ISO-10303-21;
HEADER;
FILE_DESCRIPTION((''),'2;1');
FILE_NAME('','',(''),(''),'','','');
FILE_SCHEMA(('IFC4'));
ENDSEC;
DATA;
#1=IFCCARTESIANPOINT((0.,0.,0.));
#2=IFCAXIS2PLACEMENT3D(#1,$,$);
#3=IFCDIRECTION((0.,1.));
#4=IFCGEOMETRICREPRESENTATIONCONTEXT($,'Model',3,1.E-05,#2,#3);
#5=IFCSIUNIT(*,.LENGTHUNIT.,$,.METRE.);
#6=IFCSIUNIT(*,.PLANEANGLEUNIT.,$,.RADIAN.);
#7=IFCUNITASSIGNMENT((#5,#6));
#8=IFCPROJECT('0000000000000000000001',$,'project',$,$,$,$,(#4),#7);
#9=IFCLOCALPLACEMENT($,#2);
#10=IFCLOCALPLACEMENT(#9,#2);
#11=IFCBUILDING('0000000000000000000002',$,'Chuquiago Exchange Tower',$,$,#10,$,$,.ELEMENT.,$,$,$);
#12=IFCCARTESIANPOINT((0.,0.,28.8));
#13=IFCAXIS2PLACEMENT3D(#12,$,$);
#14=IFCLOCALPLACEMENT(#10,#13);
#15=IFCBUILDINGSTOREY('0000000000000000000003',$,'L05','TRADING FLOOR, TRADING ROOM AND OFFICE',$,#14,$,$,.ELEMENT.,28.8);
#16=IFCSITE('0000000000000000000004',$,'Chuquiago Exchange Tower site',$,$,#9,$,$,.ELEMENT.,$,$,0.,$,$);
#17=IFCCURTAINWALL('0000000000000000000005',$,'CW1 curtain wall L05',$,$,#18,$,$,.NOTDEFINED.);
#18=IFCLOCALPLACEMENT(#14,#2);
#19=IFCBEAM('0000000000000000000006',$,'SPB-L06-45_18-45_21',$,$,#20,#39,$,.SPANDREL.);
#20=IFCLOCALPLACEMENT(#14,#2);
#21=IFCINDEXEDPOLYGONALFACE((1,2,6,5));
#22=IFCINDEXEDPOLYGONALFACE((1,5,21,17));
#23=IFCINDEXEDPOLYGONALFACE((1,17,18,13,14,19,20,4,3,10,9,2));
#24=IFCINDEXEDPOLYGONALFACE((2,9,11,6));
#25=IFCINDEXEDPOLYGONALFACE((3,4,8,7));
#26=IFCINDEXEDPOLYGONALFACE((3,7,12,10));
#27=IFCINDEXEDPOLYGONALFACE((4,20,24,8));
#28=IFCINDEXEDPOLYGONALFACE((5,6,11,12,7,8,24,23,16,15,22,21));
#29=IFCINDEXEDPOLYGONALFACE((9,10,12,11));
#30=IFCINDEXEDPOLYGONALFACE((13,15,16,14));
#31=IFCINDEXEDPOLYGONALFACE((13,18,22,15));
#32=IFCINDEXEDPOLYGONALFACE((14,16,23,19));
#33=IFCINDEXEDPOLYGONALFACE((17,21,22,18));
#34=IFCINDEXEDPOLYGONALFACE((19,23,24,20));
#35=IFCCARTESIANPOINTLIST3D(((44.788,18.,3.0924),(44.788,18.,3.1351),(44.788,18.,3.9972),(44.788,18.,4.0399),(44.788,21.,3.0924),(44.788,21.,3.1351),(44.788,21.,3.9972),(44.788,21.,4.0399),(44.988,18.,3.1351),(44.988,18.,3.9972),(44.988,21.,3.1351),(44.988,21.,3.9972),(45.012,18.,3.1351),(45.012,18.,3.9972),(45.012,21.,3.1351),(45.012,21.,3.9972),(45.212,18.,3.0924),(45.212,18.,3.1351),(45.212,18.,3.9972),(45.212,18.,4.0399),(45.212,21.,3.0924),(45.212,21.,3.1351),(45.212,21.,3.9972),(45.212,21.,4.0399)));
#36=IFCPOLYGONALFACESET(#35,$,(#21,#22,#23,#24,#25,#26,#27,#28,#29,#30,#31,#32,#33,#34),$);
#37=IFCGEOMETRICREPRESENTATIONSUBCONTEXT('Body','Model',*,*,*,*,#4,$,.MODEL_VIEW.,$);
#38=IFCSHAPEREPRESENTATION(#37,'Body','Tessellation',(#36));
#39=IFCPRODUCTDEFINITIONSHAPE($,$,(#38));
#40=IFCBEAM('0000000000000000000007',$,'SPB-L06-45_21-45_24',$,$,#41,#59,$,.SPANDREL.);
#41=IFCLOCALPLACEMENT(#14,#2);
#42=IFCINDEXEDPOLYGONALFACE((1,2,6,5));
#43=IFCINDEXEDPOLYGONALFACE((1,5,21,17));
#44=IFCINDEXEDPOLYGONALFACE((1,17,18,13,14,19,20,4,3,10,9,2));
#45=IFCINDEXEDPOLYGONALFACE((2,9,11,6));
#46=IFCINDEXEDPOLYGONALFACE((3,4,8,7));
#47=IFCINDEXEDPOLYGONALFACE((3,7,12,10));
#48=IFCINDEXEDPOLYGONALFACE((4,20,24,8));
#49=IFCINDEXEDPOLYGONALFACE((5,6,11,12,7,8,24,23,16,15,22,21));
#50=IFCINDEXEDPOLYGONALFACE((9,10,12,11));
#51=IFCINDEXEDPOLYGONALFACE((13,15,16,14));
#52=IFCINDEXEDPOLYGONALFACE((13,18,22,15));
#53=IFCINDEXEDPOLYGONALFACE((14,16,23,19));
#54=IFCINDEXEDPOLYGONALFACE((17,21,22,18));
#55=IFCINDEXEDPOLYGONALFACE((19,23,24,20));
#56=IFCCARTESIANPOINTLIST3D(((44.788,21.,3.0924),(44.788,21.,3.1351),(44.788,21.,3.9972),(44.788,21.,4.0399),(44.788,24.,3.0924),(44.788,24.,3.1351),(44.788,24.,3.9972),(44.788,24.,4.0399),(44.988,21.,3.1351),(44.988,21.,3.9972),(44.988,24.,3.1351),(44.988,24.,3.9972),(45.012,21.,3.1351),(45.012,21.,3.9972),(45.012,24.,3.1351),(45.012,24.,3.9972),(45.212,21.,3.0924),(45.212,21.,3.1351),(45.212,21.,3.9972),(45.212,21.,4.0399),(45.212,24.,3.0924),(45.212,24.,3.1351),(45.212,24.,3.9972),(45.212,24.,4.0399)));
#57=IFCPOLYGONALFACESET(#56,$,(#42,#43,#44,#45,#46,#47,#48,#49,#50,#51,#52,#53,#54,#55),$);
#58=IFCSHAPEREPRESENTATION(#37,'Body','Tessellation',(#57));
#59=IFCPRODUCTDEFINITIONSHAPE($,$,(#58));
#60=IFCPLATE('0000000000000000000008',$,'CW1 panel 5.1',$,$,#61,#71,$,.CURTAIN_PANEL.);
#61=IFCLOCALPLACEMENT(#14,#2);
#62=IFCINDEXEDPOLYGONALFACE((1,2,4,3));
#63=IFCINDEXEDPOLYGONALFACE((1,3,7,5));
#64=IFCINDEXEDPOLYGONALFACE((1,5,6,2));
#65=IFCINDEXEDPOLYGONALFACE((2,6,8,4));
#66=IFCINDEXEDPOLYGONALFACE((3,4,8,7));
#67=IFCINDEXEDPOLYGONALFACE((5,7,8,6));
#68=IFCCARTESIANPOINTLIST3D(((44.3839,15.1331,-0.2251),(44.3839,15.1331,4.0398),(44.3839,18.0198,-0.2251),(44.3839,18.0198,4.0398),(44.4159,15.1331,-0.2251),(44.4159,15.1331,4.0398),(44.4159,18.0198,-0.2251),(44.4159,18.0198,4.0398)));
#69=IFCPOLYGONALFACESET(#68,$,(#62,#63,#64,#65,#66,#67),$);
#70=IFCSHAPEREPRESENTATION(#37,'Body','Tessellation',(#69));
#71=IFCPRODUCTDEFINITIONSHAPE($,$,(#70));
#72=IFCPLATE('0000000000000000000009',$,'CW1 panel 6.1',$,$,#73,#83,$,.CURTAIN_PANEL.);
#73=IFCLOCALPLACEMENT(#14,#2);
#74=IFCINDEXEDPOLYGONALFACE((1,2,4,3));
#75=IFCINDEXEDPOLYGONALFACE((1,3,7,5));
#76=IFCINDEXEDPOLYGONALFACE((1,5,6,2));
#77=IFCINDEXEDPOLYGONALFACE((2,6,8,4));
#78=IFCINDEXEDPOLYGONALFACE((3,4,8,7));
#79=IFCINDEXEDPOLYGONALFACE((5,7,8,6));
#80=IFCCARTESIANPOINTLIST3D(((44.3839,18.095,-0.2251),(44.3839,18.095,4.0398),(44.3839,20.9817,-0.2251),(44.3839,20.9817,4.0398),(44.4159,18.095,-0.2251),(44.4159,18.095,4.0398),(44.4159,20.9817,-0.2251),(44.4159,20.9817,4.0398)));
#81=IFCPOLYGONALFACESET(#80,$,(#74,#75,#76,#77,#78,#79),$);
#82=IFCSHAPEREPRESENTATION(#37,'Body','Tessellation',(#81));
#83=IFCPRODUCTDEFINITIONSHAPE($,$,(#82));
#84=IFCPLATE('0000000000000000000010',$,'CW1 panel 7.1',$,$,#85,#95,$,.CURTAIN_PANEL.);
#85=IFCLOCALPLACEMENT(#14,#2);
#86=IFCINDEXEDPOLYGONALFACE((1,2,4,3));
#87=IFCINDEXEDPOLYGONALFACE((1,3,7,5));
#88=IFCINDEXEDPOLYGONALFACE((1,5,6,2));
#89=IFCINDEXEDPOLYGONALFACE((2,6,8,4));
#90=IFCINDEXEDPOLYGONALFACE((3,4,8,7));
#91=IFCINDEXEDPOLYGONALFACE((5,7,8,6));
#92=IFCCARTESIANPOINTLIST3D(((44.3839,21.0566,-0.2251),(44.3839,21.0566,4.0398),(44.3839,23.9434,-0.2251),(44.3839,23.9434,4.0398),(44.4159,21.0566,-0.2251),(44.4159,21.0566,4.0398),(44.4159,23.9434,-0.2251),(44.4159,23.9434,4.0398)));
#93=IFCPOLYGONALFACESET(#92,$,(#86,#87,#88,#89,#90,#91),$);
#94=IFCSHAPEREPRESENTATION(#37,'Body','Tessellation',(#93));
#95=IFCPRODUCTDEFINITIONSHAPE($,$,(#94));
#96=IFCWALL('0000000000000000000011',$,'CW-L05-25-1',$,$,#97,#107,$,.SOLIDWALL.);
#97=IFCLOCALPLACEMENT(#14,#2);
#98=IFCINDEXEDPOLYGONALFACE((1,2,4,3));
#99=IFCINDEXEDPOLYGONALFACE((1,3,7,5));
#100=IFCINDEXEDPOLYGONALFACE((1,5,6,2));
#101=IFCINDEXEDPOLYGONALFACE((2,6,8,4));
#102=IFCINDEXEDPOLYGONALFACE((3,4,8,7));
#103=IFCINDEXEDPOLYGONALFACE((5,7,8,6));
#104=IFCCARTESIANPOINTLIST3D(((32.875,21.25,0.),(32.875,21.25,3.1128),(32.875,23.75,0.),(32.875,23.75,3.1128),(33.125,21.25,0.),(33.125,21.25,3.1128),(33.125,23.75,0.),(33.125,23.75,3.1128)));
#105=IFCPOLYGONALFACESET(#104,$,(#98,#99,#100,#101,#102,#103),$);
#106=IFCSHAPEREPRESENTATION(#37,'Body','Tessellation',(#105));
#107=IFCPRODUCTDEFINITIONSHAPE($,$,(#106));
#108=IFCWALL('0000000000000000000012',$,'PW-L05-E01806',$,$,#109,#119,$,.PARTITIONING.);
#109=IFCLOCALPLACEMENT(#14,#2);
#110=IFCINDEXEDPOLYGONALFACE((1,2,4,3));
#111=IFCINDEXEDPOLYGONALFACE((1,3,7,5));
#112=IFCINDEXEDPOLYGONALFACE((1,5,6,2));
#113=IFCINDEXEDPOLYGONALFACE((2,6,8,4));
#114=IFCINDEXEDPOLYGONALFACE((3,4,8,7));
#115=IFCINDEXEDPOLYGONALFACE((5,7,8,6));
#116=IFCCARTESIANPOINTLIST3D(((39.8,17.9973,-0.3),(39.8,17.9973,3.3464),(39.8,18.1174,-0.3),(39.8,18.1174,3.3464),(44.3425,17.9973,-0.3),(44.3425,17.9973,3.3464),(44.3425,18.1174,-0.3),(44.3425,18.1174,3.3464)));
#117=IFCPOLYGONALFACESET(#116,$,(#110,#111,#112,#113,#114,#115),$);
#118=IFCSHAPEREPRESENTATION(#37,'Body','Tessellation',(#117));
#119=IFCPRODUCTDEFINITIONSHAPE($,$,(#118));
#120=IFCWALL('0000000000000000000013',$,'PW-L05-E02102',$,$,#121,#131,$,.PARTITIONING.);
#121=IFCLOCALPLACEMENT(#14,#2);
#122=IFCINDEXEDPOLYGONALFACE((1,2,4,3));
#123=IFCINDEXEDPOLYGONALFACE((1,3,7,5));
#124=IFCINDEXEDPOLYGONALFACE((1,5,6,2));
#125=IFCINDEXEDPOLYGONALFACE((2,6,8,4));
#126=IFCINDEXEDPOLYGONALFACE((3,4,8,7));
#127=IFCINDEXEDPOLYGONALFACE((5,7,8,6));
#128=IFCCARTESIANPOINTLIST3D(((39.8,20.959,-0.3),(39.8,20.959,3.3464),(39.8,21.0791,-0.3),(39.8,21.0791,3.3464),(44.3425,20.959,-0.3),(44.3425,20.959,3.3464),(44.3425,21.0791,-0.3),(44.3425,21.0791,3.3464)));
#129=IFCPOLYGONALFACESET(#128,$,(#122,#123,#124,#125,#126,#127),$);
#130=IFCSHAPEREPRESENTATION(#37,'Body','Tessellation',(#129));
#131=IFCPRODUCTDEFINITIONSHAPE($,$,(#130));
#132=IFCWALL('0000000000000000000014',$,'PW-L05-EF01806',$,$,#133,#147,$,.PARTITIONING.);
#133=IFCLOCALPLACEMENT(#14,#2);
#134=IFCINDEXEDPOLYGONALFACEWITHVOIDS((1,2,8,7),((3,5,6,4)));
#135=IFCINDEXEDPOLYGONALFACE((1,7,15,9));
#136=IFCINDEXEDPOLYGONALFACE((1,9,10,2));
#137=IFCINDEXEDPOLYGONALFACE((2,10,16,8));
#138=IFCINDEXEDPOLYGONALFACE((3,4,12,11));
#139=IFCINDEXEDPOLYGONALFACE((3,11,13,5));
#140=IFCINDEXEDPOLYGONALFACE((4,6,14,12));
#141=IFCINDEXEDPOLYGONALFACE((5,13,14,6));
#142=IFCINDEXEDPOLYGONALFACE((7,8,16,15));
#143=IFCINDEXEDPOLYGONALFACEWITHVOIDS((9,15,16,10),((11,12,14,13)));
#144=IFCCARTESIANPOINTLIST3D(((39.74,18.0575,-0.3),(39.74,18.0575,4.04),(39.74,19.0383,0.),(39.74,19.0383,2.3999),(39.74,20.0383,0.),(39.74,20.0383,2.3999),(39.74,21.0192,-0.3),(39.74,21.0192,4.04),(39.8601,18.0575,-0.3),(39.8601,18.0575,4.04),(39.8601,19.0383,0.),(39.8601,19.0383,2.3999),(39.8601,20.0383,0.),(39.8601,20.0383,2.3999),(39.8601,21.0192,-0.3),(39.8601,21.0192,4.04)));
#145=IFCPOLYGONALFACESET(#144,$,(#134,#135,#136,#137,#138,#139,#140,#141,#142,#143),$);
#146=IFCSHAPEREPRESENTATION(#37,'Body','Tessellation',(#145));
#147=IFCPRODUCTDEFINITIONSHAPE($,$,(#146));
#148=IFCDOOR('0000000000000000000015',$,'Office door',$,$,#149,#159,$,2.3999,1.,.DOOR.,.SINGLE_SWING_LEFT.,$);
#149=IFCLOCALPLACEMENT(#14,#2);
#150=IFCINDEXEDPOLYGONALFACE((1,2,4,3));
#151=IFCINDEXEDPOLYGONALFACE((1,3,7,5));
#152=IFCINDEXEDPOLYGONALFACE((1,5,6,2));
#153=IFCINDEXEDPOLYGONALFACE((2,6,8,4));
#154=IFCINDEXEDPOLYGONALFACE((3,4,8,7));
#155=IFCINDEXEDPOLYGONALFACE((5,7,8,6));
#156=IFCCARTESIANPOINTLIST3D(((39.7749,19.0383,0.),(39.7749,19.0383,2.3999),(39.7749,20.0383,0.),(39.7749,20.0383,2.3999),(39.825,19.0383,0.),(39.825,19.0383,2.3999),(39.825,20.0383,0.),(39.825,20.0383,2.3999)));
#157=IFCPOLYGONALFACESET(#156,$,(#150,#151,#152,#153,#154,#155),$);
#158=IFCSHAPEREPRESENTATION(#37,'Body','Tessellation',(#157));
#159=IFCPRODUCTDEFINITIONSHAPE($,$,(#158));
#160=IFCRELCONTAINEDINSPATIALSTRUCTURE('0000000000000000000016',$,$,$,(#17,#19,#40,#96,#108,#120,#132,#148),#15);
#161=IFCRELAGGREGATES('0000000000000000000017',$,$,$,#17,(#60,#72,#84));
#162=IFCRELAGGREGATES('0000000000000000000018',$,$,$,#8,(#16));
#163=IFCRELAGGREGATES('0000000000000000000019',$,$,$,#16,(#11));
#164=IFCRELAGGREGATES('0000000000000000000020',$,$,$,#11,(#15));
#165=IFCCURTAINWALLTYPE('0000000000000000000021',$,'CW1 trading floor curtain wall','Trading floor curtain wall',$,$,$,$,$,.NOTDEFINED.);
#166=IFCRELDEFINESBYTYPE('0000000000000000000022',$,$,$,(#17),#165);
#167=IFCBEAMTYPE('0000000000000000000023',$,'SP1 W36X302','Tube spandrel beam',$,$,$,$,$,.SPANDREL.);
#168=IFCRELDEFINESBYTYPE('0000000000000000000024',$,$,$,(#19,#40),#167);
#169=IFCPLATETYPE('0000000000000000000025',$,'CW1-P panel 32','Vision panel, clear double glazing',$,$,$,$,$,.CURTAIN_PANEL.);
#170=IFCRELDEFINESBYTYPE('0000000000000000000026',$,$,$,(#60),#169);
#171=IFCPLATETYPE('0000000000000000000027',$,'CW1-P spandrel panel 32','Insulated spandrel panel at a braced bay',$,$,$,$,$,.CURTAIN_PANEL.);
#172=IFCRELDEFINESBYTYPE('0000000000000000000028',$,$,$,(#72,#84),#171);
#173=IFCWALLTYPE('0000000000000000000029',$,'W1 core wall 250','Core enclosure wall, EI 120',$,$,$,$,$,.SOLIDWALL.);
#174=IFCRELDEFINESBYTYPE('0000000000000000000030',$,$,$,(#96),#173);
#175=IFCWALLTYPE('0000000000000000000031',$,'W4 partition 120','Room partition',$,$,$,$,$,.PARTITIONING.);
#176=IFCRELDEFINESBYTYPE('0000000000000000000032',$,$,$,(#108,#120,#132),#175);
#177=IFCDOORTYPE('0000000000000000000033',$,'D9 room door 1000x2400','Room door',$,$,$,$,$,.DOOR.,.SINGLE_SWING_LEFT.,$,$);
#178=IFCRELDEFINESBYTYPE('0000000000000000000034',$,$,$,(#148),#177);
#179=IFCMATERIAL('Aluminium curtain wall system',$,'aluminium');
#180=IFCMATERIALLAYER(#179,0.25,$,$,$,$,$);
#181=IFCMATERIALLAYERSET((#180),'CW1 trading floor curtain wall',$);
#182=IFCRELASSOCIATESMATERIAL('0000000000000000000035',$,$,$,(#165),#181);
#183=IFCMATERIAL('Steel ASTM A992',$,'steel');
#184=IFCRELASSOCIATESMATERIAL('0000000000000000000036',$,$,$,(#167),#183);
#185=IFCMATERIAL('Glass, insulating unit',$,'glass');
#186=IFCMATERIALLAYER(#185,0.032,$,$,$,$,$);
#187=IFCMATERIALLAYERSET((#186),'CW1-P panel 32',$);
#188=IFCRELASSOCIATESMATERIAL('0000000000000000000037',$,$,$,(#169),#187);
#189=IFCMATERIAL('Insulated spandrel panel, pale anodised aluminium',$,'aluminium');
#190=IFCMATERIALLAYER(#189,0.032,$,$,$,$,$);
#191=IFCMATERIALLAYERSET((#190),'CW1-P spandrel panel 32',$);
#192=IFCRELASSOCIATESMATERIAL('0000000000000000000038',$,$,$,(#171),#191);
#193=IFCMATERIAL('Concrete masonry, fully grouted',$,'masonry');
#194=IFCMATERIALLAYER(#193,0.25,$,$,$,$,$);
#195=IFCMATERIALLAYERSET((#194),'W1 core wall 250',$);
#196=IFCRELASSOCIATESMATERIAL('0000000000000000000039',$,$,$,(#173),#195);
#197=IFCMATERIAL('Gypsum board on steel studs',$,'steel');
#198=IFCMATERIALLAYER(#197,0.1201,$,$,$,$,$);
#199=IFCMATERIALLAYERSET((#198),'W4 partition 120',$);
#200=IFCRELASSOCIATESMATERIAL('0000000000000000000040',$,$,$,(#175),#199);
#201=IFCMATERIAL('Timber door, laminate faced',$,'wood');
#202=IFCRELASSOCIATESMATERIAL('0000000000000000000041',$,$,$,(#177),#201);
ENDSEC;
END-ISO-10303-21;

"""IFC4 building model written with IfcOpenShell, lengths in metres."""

from ifc_helpers import new_model, si_unit, direction, frame, frame_2d, origin, origin_2d, place, context, subcontext, project, spatial, rectangle, i_section, extrude, material, layer, layer_set, material_profile, profile_set, type_object, element, fill, aggregate, save


model = new_model("IFC4")

# Units and contexts
model_context = context("Model", 3, precision=1e-05, world=origin(), true_north=direction((0.0, 1.0)))
body_context = subcontext(model_context, "Body", "Model", "MODEL_VIEW")
ifc_project = project(units=[si_unit("LENGTHUNIT", "METRE"), si_unit("PLANEANGLEUNIT", "RADIAN")], contexts=[model_context])

# Site, building, storey
site_placement = place(None, origin())
site = spatial("IfcSite", under=ifc_project, at=site_placement, Name="Chuquiago Exchange Tower site", CompositionType="ELEMENT", RefElevation=0.0)
building_placement = place(site_placement, origin())
building = spatial("IfcBuilding", under=site, at=building_placement, Name="Chuquiago Exchange Tower", CompositionType="ELEMENT")
storey_placement = place(building_placement, frame((0.0, 0.0, 28.8)))
storey = spatial("IfcBuildingStorey", under=building, at=storey_placement, Name="L05", Description="TRADING FLOOR, TRADING ROOM AND OFFICE", CompositionType="ELEMENT", Elevation=28.8)

# Curtain wall
ifc_material_1 = material(Name="Aluminium curtain wall system", Category="aluminium")
ifc_layer_1 = layer(ifc_material_1, 0.25)
ifc_layer_set_1 = layer_set([ifc_layer_1], Name="CW1 trading floor curtain wall")
curtain_wall_type = type_object("IfcCurtainWallType", Name="CW1 trading floor curtain wall", Description="Trading floor curtain wall", PredefinedType="NOTDEFINED", material=ifc_layer_set_1)
curtain_wall_placement = place(storey_placement, origin())
curtain_wall = element("IfcCurtainWall", 1, at=curtain_wall_placement, inside=storey, type_object=curtain_wall_type, Name="CW1 curtain wall L05", PredefinedType="NOTDEFINED")

# Beams
ifc_material_2 = material(Name="Steel ASTM A992", Category="steel")
ifc_material_profile_1 = material_profile(ifc_material_2, i_section(OverallWidth=0.4241, OverallDepth=0.9475, WebThickness=0.0239, FlangeThickness=0.0427, at=origin_2d()), Name="W36X302")
ifc_profile_set_1 = profile_set([ifc_material_profile_1], Name="Steel ASTM A992")
beam_type_1 = type_object("IfcBeamType", Name="SP1 W36X302", Description="Tube spandrel beam", PredefinedType="SPANDREL", material=ifc_profile_set_1)
for number, where, z_axis, x_axis, name in (
    (2, (45.0, 18.0, 3.5662), (0.0, 1.0, 0.0), (-1.0, 0.0, 0.0), "SPB-L06-45_18-45_21"),
    (3, (45.0, 21.0, 3.5662), (0.0, 1.0, 0.0), (-1.0, 0.0, 0.0), "SPB-L06-45_21-45_24"),
):
    element("IfcBeam", number, at=place(storey_placement, frame(where, z_axis=z_axis, x_axis=x_axis)), inside=storey, type_object=beam_type_1, Name=name, PredefinedType="SPANDREL", context=body_context, shape_type="SweptSolid", body=[
        extrude(i_section(OverallWidth=0.4241, OverallDepth=0.9475, WebThickness=0.0239, FlangeThickness=0.0427, at=origin_2d()), origin(), (0.0, 0.0, 1.0), 3.0),
    ])

# Plates
ifc_material_3 = material(Name="Glass, insulating unit", Category="glass")
ifc_layer_2 = layer(ifc_material_3, 0.032)
ifc_layer_set_2 = layer_set([ifc_layer_2], Name="CW1-P panel 32")
plate_type_1 = type_object("IfcPlateType", Name="CW1-P panel 32", Description="Vision panel, clear double glazing", PredefinedType="CURTAIN_PANEL", material=ifc_layer_set_2)
plate_1_placement = place(storey_placement, frame((44.3999, 16.5764, -0.2251), z_axis=(0.0, 0.0, 1.0), x_axis=(0.0, 1.0, 0.0)))
plate_1 = element("IfcPlate", 4, at=plate_1_placement, type_object=plate_type_1, Name="CW1 panel 5.1", PredefinedType="CURTAIN_PANEL", context=body_context, shape_type="SweptSolid", body=[
    extrude(rectangle(XDim=2.8867, YDim=0.032, at=origin_2d()), origin(), (0.0, 0.0, 1.0), 4.2649),
])
ifc_material_4 = material(Name="Insulated spandrel panel, pale anodised aluminium", Category="aluminium")
ifc_layer_3 = layer(ifc_material_4, 0.032)
ifc_layer_set_3 = layer_set([ifc_layer_3], Name="CW1-P spandrel panel 32")
plate_type_2 = type_object("IfcPlateType", Name="CW1-P spandrel panel 32", Description="Insulated spandrel panel at a braced bay", PredefinedType="CURTAIN_PANEL", material=ifc_layer_set_3)
plate_2_placement = place(storey_placement, frame((44.3999, 19.5383, -0.2251), z_axis=(0.0, 0.0, 1.0), x_axis=(0.0, 1.0, 0.0)))
plate_2 = element("IfcPlate", 5, at=plate_2_placement, type_object=plate_type_2, Name="CW1 panel 6.1", PredefinedType="CURTAIN_PANEL", context=body_context, shape_type="SweptSolid", body=[
    extrude(rectangle(XDim=2.8867, YDim=0.032, at=origin_2d()), origin(), (0.0, 0.0, 1.0), 4.2649),
])
plate_3_placement = place(storey_placement, frame((44.3999, 22.5, -0.2251), z_axis=(0.0, 0.0, 1.0), x_axis=(0.0, 1.0, 0.0)))
plate_3 = element("IfcPlate", 6, at=plate_3_placement, type_object=plate_type_2, Name="CW1 panel 7.1", PredefinedType="CURTAIN_PANEL", context=body_context, shape_type="SweptSolid", body=[
    extrude(rectangle(XDim=2.8867, YDim=0.032, at=origin_2d()), origin(), (0.0, 0.0, 1.0), 4.2649),
])
aggregate(curtain_wall, [plate_1, plate_2, plate_3])

# Walls
ifc_material_5 = material(Name="Concrete masonry, fully grouted", Category="masonry")
ifc_layer_4 = layer(ifc_material_5, 0.25)
ifc_layer_set_4 = layer_set([ifc_layer_4], Name="W1 core wall 250")
wall_type_1 = type_object("IfcWallType", Name="W1 core wall 250", Description="Core enclosure wall, EI 120", PredefinedType="SOLIDWALL", material=ifc_layer_set_4)
wall_1_placement = place(storey_placement, frame((33.0, 21.25, 0.0), z_axis=(0.0, 0.0, 1.0), x_axis=(0.0, 1.0, 0.0)))
element("IfcWall", 7, at=wall_1_placement, inside=storey, type_object=wall_type_1, Name="CW-L05-25-1", PredefinedType="SOLIDWALL", context=body_context, shape_type="SweptSolid", body=[
    extrude(rectangle(XDim=2.5, YDim=0.25, at=frame_2d((1.25, 0.0))), origin(), (0.0, 0.0, 1.0), 3.1128),
])
ifc_material_6 = material(Name="Gypsum board on steel studs", Category="steel")
ifc_layer_5 = layer(ifc_material_6, 0.1201)
ifc_layer_set_5 = layer_set([ifc_layer_5], Name="W4 partition 120")
wall_type_2 = type_object("IfcWallType", Name="W4 partition 120", Description="Room partition", PredefinedType="PARTITIONING", material=ifc_layer_set_5)
for number, where, z_axis, x_axis, name in (
    (8, (44.3425, 18.0574, -0.3), (0.0, 0.0, 1.0), (-1.0, 0.0, 0.0), "PW-L05-E01806"),
    (9, (44.3425, 21.019, -0.3), (0.0, 0.0, 1.0), (-1.0, 0.0, 0.0), "PW-L05-E02102"),
):
    element("IfcWall", number, at=place(storey_placement, frame(where, z_axis=z_axis, x_axis=x_axis)), inside=storey, type_object=wall_type_2, Name=name, PredefinedType="PARTITIONING", context=body_context, shape_type="SweptSolid", body=[
        extrude(rectangle(XDim=4.5425, YDim=0.1201, at=frame_2d((2.2712, 0.0))), origin(), (0.0, 0.0, 1.0), 3.6465),
    ])

# Wall, opening, door
wall_2_placement = place(storey_placement, frame((39.8, 18.0574, -0.3), z_axis=(0.0, 0.0, 1.0), x_axis=(0.0, 1.0, 0.0)))
wall_2 = element("IfcWall", 10, at=wall_2_placement, inside=storey, type_object=wall_type_2, Name="PW-L05-EF01806", PredefinedType="PARTITIONING", context=body_context, shape_type="SweptSolid", body=[
    extrude(rectangle(XDim=2.9617, YDim=0.1201, at=frame_2d((1.481, 0.0))), origin(), (0.0, 0.0, 1.0), 4.3401),
])
opening_1_placement = place(wall_2_placement, frame((0.981, 0.0, 0.3)))
opening_1 = element("IfcOpeningElement", 11, at=opening_1_placement, cuts=wall_2, PredefinedType="OPENING", context=body_context, shape_type="SweptSolid", body=[
    extrude(rectangle(XDim=1.0, YDim=2.3999, at=frame_2d((0.5, 1.2))), frame((0.0, 0.0701, 0.0), z_axis=(0.0, -1.0, 0.0), x_axis=(1.0, 0.0, 0.0)), (0.0, 0.0, 1.0), 0.1401),
])
ifc_material_7 = material(Name="Timber door, laminate faced", Category="wood")
door_type = type_object("IfcDoorType", Name="D9 room door 1000x2400", Description="Room door", OperationType="SINGLE_SWING_LEFT", PredefinedType="DOOR", material=ifc_material_7)
door_1_placement = place(opening_1_placement, frame((1.0, 0.0, 0.0), z_axis=(0.0, 0.0, 1.0), x_axis=(-1.0, 0.0, 0.0)))
door_1 = element("IfcDoor", 12, at=door_1_placement, inside=storey, type_object=door_type, Name="Office door", OperationType="SINGLE_SWING_LEFT", OverallHeight=2.3999, OverallWidth=1.0, PredefinedType="DOOR", context=body_context, shape_type="SweptSolid", body=[
    extrude(rectangle(XDim=1.0, YDim=2.3999, at=frame_2d((0.5, 1.2))), frame((0.0, 0.0249, 0.0), z_axis=(0.0, -1.0, 0.0), x_axis=(1.0, 0.0, 0.0)), (0.0, 0.0, 1.0), 0.05),
])
fill(opening_1, door_1)

save(model, "model.ifc")
